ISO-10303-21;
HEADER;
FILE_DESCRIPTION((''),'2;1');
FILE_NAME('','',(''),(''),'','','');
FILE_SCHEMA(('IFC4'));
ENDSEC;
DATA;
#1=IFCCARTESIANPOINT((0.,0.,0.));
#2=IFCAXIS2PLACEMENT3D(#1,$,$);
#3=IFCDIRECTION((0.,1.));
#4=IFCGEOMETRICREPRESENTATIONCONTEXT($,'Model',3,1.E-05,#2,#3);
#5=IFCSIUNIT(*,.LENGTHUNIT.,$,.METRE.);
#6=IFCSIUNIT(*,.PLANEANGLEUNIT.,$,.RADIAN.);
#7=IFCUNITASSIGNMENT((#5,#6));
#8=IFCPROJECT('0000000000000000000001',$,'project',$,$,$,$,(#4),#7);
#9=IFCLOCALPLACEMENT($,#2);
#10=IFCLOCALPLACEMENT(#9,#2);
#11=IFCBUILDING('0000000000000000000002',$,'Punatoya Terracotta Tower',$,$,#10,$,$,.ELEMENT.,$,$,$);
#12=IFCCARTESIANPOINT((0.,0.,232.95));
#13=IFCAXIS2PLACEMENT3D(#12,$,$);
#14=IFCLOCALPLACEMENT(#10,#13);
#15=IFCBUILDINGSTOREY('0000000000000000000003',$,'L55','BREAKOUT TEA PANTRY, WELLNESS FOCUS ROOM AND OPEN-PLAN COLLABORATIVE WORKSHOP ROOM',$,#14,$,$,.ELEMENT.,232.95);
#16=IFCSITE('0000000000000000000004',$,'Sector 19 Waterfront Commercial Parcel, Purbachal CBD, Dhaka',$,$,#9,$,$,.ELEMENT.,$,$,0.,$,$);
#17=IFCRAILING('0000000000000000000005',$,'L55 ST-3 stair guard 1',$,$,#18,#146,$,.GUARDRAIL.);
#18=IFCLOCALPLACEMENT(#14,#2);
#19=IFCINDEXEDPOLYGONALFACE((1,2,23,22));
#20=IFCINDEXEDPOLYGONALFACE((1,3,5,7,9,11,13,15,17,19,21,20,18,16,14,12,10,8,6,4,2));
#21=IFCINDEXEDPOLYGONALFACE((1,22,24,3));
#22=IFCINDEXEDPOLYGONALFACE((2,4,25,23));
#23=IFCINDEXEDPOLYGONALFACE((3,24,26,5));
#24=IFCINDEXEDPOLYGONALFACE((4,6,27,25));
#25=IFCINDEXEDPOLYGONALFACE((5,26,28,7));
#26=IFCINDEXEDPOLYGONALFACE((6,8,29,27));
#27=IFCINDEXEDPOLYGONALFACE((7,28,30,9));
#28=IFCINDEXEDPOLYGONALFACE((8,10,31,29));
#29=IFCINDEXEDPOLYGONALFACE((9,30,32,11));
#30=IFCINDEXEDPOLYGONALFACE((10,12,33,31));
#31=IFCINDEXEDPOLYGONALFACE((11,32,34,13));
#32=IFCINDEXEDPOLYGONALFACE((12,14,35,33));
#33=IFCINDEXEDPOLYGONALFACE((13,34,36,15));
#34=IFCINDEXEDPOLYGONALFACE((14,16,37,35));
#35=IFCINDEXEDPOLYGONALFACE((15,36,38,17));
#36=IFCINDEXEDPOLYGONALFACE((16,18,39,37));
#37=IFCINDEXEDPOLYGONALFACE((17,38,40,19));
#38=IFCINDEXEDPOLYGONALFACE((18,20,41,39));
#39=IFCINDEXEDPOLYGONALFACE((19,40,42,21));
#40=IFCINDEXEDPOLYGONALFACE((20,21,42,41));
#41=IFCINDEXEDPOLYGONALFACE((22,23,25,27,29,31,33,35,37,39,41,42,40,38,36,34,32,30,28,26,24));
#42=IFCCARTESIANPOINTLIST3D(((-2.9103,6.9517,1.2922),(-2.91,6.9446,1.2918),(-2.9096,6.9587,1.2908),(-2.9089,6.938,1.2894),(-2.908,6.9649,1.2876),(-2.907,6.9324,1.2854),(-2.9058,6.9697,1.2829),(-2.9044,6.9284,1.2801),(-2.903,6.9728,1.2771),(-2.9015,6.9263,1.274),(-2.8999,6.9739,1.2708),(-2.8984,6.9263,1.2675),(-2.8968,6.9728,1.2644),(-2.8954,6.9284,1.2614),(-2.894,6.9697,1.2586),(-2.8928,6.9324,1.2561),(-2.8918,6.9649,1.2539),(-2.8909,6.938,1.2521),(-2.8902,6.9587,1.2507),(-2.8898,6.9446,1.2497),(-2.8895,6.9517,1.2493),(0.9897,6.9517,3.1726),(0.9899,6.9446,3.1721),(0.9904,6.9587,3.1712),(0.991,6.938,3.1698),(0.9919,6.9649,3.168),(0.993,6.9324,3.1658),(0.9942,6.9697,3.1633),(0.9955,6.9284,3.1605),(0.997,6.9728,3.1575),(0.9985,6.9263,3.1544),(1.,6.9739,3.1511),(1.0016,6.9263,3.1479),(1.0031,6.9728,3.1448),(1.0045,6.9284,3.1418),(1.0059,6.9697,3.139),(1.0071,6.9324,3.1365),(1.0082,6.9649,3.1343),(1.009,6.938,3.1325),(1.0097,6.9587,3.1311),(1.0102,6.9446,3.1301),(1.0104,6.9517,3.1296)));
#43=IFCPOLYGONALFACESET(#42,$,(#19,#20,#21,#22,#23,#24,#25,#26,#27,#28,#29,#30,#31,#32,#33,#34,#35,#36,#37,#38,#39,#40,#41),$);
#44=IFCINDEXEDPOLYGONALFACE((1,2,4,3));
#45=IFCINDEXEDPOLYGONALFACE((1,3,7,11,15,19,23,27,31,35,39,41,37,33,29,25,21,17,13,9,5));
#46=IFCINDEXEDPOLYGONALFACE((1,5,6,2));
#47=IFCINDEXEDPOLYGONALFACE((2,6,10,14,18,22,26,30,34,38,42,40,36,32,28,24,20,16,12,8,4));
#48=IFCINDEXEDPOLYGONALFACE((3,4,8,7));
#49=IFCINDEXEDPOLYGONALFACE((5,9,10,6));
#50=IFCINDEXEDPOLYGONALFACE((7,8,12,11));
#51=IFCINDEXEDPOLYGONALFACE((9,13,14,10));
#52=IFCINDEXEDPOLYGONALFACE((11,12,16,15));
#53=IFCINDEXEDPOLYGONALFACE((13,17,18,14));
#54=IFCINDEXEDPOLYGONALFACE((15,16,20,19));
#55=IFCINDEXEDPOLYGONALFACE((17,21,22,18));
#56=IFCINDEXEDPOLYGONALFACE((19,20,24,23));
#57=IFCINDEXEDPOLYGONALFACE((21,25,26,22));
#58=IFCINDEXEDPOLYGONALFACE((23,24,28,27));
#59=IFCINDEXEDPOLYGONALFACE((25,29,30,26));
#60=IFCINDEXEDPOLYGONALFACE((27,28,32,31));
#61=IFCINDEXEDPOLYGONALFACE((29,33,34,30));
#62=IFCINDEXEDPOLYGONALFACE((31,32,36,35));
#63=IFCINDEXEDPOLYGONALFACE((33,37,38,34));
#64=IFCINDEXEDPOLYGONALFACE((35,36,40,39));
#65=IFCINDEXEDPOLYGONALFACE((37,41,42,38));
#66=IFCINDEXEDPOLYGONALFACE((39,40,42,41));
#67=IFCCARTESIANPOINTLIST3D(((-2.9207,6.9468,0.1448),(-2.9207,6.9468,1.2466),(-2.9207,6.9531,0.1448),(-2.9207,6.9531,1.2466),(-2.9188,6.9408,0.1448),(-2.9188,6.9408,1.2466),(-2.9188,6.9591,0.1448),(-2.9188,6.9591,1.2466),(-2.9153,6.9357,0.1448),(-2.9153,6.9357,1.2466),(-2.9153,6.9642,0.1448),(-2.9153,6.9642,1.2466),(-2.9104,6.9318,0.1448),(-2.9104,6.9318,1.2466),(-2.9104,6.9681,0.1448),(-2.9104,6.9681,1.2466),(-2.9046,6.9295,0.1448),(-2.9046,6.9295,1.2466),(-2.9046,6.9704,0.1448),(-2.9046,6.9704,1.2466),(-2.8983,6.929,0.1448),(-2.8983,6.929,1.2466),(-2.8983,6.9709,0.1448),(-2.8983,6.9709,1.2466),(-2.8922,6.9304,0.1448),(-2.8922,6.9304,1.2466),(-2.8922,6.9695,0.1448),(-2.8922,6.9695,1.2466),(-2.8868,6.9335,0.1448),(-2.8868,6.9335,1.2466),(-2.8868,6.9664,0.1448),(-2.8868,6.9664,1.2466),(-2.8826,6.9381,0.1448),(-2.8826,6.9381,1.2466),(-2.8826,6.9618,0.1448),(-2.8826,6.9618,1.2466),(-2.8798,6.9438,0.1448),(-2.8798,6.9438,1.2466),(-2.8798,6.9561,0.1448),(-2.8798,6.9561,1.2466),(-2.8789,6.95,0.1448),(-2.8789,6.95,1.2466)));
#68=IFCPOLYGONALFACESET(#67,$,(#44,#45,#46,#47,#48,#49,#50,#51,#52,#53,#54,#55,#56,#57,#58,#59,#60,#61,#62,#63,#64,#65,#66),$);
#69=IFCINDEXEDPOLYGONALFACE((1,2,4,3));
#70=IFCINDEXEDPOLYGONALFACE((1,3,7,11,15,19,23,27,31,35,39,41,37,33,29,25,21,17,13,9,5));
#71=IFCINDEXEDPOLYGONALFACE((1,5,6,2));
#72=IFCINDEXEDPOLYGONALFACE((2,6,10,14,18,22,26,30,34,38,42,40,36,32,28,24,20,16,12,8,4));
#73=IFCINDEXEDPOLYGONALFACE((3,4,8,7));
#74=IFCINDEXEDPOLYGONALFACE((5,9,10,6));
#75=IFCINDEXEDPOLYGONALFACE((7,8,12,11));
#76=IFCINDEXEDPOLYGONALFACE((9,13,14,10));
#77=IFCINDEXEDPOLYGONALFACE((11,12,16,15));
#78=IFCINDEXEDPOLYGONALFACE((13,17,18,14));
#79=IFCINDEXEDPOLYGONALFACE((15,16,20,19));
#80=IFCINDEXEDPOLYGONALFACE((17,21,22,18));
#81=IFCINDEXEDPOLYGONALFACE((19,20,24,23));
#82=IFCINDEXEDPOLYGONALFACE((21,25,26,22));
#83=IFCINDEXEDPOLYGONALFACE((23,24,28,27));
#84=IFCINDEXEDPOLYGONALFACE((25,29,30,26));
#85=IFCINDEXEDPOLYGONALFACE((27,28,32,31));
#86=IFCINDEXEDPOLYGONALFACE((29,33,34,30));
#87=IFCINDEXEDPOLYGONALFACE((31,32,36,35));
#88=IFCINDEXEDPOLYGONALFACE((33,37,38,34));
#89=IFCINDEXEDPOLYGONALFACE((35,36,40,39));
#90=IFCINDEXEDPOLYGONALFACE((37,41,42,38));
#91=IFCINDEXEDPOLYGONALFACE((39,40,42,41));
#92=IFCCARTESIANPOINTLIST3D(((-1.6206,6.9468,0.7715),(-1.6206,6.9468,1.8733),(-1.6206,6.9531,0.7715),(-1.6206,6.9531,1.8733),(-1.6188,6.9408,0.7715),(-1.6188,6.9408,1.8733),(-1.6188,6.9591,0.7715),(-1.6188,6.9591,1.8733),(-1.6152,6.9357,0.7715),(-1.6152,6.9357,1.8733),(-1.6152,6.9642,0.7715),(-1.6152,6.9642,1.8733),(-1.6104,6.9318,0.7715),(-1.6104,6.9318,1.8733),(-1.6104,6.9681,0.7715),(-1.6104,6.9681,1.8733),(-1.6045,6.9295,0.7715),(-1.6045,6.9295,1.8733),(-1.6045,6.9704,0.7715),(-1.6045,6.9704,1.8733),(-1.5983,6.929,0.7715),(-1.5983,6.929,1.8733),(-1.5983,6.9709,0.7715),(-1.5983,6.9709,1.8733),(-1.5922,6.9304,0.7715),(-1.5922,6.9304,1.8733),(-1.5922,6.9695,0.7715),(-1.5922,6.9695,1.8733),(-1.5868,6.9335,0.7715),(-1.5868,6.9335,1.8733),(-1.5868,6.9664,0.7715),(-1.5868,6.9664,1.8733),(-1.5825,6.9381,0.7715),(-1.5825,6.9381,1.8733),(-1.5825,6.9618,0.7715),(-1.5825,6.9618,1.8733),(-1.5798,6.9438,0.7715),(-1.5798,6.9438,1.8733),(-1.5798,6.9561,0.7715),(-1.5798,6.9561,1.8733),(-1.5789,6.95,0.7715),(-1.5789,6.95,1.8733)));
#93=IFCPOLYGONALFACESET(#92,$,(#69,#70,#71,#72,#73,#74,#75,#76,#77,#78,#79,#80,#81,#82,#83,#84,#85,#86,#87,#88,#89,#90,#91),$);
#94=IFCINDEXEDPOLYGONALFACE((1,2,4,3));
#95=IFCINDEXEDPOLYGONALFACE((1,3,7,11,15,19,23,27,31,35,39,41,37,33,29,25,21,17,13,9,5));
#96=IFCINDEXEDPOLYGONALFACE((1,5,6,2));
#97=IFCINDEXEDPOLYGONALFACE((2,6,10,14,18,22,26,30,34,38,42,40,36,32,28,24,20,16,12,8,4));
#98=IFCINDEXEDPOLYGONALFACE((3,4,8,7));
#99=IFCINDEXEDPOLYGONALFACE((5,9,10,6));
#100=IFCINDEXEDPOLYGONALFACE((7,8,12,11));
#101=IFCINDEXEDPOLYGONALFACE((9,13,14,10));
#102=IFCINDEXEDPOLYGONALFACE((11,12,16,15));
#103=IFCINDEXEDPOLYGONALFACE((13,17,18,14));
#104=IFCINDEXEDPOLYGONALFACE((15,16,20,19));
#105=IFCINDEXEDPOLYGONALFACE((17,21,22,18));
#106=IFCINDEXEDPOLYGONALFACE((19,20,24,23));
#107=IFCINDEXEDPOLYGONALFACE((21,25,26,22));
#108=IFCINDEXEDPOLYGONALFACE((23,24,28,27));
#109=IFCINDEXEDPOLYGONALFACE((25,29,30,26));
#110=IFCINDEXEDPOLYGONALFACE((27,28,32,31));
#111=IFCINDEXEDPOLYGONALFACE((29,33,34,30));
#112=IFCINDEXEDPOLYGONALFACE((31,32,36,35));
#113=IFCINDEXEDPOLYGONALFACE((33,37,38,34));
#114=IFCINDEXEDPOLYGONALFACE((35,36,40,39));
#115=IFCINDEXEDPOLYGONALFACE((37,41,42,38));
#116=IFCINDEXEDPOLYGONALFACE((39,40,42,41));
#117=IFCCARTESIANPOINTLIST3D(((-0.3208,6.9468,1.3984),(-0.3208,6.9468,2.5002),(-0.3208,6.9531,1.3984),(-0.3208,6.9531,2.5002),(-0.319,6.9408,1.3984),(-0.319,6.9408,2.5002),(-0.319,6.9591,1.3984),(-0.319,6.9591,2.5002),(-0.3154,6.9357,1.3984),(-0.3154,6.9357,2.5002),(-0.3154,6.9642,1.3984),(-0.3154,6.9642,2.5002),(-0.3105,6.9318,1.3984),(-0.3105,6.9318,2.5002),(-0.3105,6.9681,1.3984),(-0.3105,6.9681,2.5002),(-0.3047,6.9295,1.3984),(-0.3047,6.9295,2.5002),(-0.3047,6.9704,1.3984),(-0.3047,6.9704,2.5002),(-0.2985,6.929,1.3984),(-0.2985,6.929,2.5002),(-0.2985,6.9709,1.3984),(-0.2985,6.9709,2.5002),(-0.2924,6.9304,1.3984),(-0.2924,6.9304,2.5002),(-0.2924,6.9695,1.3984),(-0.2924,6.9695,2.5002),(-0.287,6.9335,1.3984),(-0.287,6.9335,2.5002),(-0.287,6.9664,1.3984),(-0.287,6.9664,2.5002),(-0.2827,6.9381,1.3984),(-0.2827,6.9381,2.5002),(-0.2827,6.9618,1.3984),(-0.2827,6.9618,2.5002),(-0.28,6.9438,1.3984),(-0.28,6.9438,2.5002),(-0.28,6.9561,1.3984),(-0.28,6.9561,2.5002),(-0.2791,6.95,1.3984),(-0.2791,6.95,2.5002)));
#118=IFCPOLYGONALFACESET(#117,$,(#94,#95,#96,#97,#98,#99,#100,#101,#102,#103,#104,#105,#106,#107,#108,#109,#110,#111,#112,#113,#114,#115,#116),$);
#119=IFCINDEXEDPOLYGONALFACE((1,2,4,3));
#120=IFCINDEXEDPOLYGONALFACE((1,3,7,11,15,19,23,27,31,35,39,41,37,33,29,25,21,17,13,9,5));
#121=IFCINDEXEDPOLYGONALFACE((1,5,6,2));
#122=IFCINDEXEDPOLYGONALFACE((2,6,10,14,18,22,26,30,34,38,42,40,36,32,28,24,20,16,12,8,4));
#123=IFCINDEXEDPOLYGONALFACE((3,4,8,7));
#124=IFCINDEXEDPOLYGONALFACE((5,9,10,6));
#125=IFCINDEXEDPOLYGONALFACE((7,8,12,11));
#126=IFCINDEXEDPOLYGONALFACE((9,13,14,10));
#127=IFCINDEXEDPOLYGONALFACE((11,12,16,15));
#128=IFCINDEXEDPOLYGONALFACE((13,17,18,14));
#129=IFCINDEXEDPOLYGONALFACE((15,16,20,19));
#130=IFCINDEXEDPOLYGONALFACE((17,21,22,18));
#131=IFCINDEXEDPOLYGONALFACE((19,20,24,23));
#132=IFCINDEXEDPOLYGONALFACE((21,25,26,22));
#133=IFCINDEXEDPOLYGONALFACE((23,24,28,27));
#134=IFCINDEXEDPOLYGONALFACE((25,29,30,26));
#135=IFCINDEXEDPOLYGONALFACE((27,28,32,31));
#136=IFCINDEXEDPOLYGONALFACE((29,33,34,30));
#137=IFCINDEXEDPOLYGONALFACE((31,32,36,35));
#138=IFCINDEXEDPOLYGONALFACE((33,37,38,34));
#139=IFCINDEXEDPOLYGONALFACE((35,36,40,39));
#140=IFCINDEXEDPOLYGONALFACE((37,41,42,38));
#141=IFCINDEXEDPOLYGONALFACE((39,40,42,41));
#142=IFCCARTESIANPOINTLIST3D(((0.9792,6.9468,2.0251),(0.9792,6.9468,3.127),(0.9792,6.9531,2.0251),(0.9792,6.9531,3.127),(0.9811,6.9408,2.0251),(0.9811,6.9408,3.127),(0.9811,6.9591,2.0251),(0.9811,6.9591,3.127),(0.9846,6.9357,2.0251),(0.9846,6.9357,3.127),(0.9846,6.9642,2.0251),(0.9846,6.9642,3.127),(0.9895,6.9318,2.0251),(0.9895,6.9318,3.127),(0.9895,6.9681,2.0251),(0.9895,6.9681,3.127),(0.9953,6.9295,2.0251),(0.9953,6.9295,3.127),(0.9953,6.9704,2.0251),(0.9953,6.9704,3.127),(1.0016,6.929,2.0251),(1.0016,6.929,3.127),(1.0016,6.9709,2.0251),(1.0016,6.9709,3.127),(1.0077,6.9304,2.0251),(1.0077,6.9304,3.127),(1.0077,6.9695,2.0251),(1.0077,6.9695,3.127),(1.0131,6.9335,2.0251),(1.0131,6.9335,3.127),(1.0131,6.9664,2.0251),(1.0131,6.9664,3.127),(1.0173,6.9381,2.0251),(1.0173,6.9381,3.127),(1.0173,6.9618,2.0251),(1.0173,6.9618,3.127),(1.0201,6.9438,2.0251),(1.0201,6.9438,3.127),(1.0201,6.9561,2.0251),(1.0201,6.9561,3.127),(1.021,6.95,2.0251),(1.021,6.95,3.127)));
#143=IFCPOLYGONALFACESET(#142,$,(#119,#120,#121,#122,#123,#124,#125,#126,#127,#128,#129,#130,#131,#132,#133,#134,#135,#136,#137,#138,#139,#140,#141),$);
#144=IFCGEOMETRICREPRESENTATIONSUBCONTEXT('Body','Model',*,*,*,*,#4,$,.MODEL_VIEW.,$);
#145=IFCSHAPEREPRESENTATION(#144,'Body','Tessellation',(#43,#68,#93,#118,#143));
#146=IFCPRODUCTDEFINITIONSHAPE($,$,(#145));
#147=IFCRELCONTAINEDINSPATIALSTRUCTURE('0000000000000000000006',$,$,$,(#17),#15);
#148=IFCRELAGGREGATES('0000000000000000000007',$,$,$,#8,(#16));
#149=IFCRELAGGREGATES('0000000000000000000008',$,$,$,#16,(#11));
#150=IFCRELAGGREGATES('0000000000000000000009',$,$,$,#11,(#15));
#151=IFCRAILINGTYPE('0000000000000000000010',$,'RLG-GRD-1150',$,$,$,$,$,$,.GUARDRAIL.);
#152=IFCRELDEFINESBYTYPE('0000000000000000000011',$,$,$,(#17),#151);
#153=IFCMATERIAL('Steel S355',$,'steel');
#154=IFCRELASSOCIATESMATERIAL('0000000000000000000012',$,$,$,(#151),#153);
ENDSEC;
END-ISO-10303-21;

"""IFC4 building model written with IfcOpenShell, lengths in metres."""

from ifc_helpers import new_model, si_unit, direction, frame, origin, origin_2d, place, context, subcontext, project, spatial, circle, extrude, material, type_object, element, save


model = new_model("IFC4")

# Units and contexts
model_context = context("Model", 3, precision=1e-05, world=origin(), true_north=direction((0.0, 1.0)))
body_context = subcontext(model_context, "Body", "Model", "MODEL_VIEW")
ifc_project = project(units=[si_unit("LENGTHUNIT", "METRE"), si_unit("PLANEANGLEUNIT", "RADIAN")], contexts=[model_context])

# Site, building, storey
site_placement = place(None, origin())
site = spatial("IfcSite", under=ifc_project, at=site_placement, Name="Sector 19 Waterfront Commercial Parcel, Purbachal CBD, Dhaka", CompositionType="ELEMENT", RefElevation=0.0)
building_placement = place(site_placement, origin())
building = spatial("IfcBuilding", under=site, at=building_placement, Name="Punatoya Terracotta Tower", CompositionType="ELEMENT")
storey_placement = place(building_placement, frame((0.0, 0.0, 232.95)))
storey = spatial("IfcBuildingStorey", under=building, at=storey_placement, Name="L55", Description="BREAKOUT TEA PANTRY, WELLNESS FOCUS ROOM AND OPEN-PLAN COLLABORATIVE WORKSHOP ROOM", CompositionType="ELEMENT", Elevation=232.95)

# Shared definitions
ifc_material_1 = material(Name="Steel S355", Category="steel")

# Railing
railing_type = type_object("IfcRailingType", Name="RLG-GRD-1150", PredefinedType="GUARDRAIL", material=ifc_material_1)
railing_1_placement = place(storey_placement, frame((-2.8999, 6.95, 0.1448)))
element("IfcRailing", 1, at=railing_1_placement, inside=storey, type_object=railing_type, Name="L55 ST-3 stair guard 1", PredefinedType="GUARDRAIL", context=body_context, shape_type="SweptSolid", body=[
    extrude(circle(Radius=0.0239, at=origin_2d()), frame((0.0, 0.0, 1.126), z_axis=(0.900763, 0.0, 0.434311), x_axis=(0.0, 1.0, 0.0)), (0.0, 0.0, 1.0), 4.3296),
    extrude(circle(Radius=0.021, at=origin_2d()), origin(), (0.0, 0.0, 1.0), 1.1018),
    extrude(circle(Radius=0.021, at=origin_2d()), frame((1.3, 0.0, 0.6267)), (0.0, 0.0, 1.0), 1.1018),
    extrude(circle(Radius=0.021, at=origin_2d()), frame((2.5999, 0.0, 1.2537)), (0.0, 0.0, 1.0), 1.1018),
    extrude(circle(Radius=0.021, at=origin_2d()), frame((3.8999, 0.0, 1.8804)), (0.0, 0.0, 1.0), 1.1018),
])

save(model, "model.ifc")
